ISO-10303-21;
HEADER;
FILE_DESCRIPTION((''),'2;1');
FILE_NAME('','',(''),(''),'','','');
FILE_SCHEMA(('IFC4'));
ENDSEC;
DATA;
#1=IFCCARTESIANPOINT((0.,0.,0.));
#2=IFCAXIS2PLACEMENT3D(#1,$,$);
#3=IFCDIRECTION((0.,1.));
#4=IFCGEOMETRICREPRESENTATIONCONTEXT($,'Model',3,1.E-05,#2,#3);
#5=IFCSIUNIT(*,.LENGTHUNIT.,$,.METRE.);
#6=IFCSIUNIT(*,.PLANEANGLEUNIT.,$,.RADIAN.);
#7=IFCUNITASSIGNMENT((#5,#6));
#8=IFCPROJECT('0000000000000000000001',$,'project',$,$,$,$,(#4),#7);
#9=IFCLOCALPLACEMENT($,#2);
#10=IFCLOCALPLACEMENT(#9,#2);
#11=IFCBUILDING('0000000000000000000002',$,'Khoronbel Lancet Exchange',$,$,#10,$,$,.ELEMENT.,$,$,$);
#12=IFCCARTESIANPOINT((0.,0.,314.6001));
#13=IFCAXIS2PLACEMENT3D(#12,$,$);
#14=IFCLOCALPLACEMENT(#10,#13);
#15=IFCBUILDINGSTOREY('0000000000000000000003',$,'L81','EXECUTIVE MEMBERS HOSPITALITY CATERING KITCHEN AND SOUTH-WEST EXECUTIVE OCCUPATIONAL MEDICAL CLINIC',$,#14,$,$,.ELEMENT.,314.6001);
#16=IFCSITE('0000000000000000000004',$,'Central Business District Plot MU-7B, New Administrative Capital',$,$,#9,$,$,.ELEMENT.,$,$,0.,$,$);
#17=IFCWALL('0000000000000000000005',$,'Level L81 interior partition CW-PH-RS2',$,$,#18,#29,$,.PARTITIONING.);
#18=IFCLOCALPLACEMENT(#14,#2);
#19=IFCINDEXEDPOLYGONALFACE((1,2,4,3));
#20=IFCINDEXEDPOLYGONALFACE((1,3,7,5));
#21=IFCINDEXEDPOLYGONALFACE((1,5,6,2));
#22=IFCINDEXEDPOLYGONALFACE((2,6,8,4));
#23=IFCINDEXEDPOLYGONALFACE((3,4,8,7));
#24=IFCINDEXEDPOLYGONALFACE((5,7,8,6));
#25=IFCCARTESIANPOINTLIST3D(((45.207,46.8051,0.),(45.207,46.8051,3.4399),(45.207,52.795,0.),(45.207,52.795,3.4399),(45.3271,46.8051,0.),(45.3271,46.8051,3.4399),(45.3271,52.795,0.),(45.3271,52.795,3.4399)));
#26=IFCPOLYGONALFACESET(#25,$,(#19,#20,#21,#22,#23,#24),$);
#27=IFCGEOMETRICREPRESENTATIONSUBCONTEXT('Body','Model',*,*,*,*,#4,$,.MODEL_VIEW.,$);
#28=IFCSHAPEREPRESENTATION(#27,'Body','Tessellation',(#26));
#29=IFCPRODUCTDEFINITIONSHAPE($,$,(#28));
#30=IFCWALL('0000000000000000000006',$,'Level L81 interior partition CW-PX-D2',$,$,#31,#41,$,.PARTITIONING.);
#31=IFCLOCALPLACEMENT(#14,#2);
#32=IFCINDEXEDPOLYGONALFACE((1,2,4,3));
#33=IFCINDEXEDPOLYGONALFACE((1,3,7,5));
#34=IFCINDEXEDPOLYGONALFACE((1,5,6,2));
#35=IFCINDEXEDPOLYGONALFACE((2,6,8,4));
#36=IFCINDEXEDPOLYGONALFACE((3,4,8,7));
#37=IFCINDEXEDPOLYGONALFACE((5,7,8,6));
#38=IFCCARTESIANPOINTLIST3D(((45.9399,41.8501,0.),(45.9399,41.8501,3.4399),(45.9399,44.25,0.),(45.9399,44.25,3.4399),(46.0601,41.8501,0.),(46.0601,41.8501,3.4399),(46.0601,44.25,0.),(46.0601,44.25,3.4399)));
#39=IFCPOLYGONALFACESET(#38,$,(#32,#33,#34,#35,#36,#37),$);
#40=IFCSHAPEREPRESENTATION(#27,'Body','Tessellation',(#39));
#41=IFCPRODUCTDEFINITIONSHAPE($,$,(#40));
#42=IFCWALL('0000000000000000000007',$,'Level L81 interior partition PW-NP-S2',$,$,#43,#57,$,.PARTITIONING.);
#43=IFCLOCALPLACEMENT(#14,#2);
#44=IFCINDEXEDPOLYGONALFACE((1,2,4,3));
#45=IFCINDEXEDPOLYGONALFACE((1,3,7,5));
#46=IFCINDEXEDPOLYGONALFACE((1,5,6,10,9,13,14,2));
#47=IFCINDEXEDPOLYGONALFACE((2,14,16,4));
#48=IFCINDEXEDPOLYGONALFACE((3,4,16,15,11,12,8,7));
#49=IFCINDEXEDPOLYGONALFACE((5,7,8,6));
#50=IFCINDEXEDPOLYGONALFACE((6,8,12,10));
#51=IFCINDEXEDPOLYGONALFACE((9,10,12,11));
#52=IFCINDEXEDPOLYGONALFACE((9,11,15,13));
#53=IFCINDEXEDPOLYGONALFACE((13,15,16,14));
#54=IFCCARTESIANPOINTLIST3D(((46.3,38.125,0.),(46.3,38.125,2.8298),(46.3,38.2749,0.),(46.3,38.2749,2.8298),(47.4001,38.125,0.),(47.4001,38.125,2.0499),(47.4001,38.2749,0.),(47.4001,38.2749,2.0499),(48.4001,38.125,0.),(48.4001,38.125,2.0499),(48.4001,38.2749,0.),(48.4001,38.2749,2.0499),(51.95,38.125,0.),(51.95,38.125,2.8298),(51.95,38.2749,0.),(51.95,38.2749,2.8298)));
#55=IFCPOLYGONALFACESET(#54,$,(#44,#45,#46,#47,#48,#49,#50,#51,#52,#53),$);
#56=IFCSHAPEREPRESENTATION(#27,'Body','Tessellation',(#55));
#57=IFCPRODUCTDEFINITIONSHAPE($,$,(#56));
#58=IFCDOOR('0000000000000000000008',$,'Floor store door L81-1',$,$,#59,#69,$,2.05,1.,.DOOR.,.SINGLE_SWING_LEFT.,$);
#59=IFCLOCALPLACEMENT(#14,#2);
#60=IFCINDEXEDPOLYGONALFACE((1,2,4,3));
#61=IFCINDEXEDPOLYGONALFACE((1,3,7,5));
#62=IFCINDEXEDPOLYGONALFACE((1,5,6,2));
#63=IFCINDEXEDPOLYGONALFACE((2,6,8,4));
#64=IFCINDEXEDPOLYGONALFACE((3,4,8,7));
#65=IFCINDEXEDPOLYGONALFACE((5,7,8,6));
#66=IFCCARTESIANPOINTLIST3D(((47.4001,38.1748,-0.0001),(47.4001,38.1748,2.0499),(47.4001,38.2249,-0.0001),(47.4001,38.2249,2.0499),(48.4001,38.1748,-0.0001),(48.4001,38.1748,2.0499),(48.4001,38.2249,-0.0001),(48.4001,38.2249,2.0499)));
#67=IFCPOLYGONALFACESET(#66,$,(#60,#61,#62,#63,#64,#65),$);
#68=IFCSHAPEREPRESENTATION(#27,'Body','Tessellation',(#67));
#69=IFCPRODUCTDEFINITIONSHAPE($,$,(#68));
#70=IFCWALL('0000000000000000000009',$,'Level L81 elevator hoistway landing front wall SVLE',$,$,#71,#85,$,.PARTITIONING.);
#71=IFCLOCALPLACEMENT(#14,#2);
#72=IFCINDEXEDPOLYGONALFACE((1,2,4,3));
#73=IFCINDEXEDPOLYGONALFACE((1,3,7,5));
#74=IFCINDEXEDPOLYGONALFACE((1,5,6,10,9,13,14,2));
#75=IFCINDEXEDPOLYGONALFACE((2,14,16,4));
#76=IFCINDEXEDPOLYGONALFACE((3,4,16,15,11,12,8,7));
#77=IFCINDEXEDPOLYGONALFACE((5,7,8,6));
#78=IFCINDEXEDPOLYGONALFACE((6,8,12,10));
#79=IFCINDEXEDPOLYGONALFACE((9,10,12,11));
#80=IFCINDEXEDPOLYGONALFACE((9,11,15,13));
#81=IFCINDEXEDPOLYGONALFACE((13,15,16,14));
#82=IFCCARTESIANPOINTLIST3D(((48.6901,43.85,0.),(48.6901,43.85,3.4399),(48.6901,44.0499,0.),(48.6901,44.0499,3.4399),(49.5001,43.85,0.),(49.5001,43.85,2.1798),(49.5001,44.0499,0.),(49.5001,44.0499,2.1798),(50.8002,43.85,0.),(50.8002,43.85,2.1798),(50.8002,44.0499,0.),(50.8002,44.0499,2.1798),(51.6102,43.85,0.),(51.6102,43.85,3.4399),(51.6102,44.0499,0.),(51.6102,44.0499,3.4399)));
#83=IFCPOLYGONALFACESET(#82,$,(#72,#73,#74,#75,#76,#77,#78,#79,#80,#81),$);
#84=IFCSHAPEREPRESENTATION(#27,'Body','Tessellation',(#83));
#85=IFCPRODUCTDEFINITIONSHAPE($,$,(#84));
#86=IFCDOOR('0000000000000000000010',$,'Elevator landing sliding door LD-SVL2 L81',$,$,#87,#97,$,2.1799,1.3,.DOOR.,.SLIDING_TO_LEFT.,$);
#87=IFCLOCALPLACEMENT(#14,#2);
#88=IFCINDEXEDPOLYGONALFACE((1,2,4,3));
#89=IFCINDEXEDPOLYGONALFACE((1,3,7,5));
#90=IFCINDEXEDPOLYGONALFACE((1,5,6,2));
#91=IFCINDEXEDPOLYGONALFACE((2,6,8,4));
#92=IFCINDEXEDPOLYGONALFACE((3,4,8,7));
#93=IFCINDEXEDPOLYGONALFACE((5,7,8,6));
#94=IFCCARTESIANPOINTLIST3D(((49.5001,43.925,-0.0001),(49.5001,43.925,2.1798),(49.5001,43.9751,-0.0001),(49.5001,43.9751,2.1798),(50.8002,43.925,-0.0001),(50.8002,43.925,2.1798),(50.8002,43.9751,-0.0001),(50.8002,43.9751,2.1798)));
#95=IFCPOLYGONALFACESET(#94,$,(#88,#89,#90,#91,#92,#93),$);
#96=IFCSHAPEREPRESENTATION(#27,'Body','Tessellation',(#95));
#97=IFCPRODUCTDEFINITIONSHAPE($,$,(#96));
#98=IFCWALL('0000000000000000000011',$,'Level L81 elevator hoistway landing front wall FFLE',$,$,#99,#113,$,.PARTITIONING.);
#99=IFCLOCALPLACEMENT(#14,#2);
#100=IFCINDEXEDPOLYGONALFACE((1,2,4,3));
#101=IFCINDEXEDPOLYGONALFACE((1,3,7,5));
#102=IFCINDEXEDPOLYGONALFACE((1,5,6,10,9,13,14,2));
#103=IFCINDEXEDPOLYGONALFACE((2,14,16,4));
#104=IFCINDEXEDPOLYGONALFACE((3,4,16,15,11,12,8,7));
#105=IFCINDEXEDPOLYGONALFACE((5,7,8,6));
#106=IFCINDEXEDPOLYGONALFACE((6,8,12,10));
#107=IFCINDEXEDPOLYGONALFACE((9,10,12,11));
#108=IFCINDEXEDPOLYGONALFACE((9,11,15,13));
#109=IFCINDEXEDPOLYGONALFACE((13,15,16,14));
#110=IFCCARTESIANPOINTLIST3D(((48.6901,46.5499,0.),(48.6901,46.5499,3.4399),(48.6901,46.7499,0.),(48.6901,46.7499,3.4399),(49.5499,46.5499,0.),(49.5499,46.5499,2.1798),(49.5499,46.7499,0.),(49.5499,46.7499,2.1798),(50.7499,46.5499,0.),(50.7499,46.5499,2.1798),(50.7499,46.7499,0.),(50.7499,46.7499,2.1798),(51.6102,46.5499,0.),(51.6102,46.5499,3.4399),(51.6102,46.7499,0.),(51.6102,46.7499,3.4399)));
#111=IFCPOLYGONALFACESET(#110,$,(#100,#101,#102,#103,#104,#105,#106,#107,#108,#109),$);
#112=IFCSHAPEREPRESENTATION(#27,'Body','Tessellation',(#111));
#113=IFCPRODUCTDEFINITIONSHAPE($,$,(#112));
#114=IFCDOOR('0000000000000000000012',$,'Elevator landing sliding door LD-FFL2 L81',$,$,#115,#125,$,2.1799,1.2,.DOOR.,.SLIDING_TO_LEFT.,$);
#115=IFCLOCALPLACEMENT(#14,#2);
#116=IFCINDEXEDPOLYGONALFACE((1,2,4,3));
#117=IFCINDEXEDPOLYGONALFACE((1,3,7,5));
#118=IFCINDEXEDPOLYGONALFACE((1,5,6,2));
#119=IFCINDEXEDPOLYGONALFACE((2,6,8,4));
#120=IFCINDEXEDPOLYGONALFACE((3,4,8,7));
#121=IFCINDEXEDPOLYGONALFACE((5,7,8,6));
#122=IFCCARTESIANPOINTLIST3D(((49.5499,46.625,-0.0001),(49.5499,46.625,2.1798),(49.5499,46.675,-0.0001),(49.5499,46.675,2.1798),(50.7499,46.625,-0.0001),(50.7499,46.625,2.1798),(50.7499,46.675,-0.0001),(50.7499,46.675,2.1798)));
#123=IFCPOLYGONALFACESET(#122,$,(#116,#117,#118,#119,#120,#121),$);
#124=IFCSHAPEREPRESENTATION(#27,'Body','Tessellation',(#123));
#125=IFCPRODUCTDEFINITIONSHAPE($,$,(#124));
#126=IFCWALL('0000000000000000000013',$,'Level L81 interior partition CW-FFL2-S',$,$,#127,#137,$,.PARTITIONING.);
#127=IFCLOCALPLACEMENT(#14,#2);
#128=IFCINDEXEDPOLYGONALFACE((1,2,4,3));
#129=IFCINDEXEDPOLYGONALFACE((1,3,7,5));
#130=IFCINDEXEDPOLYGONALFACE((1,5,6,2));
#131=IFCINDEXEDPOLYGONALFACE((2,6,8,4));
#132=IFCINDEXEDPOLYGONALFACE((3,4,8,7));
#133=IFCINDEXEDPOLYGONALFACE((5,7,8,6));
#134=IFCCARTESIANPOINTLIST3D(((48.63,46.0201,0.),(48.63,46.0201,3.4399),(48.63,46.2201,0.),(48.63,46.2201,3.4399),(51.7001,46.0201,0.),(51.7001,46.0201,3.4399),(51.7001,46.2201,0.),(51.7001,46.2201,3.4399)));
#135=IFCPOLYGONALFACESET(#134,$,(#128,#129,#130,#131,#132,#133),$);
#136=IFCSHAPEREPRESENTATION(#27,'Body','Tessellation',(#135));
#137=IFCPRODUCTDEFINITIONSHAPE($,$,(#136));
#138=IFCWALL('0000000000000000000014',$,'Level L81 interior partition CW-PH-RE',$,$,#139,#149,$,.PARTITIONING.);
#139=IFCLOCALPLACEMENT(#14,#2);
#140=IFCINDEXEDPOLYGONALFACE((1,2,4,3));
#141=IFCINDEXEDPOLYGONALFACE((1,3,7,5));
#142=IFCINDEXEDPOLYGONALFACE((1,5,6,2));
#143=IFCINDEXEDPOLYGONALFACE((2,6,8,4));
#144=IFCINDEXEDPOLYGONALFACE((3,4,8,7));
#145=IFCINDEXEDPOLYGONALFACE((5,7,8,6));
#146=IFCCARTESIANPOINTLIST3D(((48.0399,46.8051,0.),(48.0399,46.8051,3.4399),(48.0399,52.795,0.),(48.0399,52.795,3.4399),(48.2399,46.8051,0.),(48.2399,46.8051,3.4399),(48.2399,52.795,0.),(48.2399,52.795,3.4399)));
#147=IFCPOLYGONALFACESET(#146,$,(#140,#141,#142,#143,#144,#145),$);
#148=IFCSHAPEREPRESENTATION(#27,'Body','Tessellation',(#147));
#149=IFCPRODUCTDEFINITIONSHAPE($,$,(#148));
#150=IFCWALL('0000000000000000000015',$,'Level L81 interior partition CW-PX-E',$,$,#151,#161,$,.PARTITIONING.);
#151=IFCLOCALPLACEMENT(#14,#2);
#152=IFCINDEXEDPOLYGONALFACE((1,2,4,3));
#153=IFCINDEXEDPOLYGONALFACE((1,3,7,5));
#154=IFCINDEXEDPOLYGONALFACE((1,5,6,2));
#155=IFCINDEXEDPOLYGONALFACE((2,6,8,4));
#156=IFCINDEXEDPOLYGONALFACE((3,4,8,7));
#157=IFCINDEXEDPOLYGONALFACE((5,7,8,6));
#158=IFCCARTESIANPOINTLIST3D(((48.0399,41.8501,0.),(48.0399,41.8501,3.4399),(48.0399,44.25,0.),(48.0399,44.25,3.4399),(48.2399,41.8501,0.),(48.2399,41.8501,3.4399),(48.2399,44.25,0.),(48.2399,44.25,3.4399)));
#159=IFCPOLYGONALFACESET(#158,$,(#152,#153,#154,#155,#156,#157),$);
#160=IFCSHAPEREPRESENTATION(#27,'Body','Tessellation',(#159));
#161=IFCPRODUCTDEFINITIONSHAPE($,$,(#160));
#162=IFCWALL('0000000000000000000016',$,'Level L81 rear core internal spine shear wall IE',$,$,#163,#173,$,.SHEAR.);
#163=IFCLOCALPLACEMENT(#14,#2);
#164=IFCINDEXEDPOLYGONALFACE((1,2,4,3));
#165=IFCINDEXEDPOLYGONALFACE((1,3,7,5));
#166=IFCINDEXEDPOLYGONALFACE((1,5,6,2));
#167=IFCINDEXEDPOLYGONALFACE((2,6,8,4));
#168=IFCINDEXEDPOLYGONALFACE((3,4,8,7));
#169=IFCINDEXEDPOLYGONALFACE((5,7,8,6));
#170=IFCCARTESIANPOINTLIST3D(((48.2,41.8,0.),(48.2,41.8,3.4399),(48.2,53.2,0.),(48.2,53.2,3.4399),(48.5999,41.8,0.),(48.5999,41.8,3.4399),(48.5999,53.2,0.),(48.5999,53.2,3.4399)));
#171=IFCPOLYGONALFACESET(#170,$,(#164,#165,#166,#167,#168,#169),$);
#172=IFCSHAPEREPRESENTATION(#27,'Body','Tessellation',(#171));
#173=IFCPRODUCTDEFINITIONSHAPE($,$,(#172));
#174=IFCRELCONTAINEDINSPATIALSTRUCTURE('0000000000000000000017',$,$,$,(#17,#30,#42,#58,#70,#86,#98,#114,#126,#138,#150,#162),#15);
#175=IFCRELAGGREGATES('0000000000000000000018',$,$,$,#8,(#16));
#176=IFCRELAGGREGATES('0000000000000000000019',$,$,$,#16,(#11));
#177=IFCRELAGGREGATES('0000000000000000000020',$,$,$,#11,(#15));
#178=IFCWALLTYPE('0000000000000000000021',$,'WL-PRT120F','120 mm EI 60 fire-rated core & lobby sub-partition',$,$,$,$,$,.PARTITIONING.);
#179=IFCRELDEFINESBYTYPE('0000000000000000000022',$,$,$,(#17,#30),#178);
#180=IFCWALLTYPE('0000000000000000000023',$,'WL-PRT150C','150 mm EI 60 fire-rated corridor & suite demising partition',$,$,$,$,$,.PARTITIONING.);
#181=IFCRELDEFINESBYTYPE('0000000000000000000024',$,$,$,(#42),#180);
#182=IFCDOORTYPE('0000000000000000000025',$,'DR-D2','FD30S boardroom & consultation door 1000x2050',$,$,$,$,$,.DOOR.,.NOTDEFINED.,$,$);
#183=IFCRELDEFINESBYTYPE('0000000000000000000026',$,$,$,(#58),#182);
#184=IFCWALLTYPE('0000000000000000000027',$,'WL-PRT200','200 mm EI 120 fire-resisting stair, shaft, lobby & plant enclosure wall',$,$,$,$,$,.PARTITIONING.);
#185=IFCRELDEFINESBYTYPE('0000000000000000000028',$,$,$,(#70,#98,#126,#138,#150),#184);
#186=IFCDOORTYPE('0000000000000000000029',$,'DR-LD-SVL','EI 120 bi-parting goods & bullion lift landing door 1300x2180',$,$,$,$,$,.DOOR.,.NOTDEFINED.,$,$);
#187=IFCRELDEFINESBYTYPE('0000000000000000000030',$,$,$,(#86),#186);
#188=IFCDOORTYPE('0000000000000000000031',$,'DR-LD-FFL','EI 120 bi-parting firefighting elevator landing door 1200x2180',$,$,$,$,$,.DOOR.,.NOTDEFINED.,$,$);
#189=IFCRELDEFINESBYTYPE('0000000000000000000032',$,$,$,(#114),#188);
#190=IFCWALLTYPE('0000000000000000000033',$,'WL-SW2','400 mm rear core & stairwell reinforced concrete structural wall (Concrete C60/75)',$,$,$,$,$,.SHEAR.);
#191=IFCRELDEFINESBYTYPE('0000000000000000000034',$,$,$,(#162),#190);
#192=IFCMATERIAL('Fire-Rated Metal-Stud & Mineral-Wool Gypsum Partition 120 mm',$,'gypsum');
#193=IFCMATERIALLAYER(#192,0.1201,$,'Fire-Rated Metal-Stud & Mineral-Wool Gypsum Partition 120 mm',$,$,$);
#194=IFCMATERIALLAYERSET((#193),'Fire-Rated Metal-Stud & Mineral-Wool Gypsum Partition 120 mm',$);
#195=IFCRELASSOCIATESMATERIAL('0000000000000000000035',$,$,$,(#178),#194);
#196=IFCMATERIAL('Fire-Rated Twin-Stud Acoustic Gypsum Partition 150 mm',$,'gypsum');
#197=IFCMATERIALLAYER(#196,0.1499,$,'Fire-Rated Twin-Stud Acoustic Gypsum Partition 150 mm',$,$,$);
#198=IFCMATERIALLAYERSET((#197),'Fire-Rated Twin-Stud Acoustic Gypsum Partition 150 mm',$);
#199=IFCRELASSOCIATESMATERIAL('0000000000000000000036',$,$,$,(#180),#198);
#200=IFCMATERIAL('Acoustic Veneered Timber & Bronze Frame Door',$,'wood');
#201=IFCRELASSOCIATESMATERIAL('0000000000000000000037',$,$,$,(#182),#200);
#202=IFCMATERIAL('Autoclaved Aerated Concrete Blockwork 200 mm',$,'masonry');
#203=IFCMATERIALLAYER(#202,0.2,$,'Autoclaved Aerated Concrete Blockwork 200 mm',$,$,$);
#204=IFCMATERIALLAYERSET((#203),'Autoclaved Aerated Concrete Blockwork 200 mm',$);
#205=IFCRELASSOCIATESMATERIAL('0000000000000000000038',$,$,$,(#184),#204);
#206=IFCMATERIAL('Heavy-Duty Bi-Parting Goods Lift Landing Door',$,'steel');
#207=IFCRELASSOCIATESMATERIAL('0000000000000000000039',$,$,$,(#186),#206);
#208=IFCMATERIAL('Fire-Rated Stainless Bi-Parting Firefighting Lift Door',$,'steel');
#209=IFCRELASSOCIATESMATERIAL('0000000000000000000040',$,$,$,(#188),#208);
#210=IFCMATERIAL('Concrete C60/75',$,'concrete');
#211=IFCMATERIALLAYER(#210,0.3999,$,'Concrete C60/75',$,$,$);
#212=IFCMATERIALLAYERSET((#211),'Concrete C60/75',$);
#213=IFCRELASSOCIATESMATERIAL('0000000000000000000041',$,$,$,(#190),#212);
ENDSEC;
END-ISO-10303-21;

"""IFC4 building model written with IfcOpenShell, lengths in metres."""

from ifc_helpers import new_model, si_unit, direction, frame, frame_2d, origin, place, context, subcontext, project, spatial, rectangle, extrude, material, layer, layer_set, type_object, element, fill, save


model = new_model("IFC4")

# Units and contexts
model_context = context("Model", 3, precision=1e-05, world=origin(), true_north=direction((0.0, 1.0)))
body_context = subcontext(model_context, "Body", "Model", "MODEL_VIEW")
ifc_project = project(units=[si_unit("LENGTHUNIT", "METRE"), si_unit("PLANEANGLEUNIT", "RADIAN")], contexts=[model_context])

# Site, building, storey
site_placement = place(None, origin())
site = spatial("IfcSite", under=ifc_project, at=site_placement, Name="Central Business District Plot MU-7B, New Administrative Capital", CompositionType="ELEMENT", RefElevation=0.0)
building_placement = place(site_placement, origin())
building = spatial("IfcBuilding", under=site, at=building_placement, Name="Khoronbel Lancet Exchange", CompositionType="ELEMENT")
storey_placement = place(building_placement, frame((0.0, 0.0, 314.6001)))
storey = spatial("IfcBuildingStorey", under=building, at=storey_placement, Name="L81", Description="EXECUTIVE MEMBERS HOSPITALITY CATERING KITCHEN AND SOUTH-WEST EXECUTIVE OCCUPATIONAL MEDICAL CLINIC", CompositionType="ELEMENT", Elevation=314.6001)

# Walls
ifc_material_1 = material(Name="Fire-Rated Metal-Stud & Mineral-Wool Gypsum Partition 120 mm", Category="gypsum")
ifc_layer_1 = layer(ifc_material_1, 0.1201, Name="Fire-Rated Metal-Stud & Mineral-Wool Gypsum Partition 120 mm")
ifc_layer_set_1 = layer_set([ifc_layer_1], Name="Fire-Rated Metal-Stud & Mineral-Wool Gypsum Partition 120 mm")
wall_type_1 = type_object("IfcWallType", Name="WL-PRT120F", Description="120 mm EI 60 fire-rated core & lobby sub-partition", PredefinedType="PARTITIONING", material=ifc_layer_set_1)
wall_1_placement = place(storey_placement, frame((45.2671, 46.8049, 0.0), z_axis=(0.0, 0.0, 1.0), x_axis=(0.0, 1.0, 0.0)))
element("IfcWall", 1, at=wall_1_placement, inside=storey, type_object=wall_type_1, Name="Level L81 interior partition CW-PH-RS2", PredefinedType="PARTITIONING", context=body_context, shape_type="SweptSolid", body=[
    extrude(rectangle(XDim=5.99, YDim=0.1201, at=frame_2d((2.9951, 0.0))), origin(), (0.0, 0.0, 1.0), 3.4399),
])
wall_2_placement = place(storey_placement, frame((46.0, 41.8501, 0.0), z_axis=(0.0, 0.0, 1.0), x_axis=(0.0, 1.0, 0.0)))
element("IfcWall", 2, at=wall_2_placement, inside=storey, type_object=wall_type_1, Name="Level L81 interior partition CW-PX-D2", PredefinedType="PARTITIONING", context=body_context, shape_type="SweptSolid", body=[
    extrude(rectangle(XDim=2.3999, YDim=0.1201, at=frame_2d((1.2, 0.0))), origin(), (0.0, 0.0, 1.0), 3.4399),
])

# Walls, openings, doors
ifc_material_2 = material(Name="Fire-Rated Twin-Stud Acoustic Gypsum Partition 150 mm", Category="gypsum")
ifc_layer_2 = layer(ifc_material_2, 0.1499, Name="Fire-Rated Twin-Stud Acoustic Gypsum Partition 150 mm")
ifc_layer_set_2 = layer_set([ifc_layer_2], Name="Fire-Rated Twin-Stud Acoustic Gypsum Partition 150 mm")
wall_type_2 = type_object("IfcWallType", Name="WL-PRT150C", Description="150 mm EI 60 fire-rated corridor & suite demising partition", PredefinedType="PARTITIONING", material=ifc_layer_set_2)
wall_3_placement = place(storey_placement, frame((46.3, 38.2, 0.0), z_axis=(0.0, 0.0, 1.0), x_axis=(1.0, 0.0, 0.0)))
wall_3 = element("IfcWall", 3, at=wall_3_placement, inside=storey, type_object=wall_type_2, Name="Level L81 interior partition PW-NP-S2", PredefinedType="PARTITIONING", context=body_context, shape_type="SweptSolid", body=[
    extrude(rectangle(XDim=5.6499, YDim=0.1499, at=frame_2d((2.825, 0.0))), origin(), (0.0, 0.0, 1.0), 2.8298),
])
opening_1_placement = place(wall_3_placement, frame((1.1001, 0.0, 0.0)))
opening_1 = element("IfcOpeningElement", 4, at=opening_1_placement, cuts=wall_3, PredefinedType="OPENING", context=body_context, shape_type="SweptSolid", body=[
    extrude(rectangle(XDim=1.0, YDim=2.05, at=frame_2d((0.5, 1.0249))), frame((0.0, 0.085, 0.0), z_axis=(0.0, -1.0, 0.0), x_axis=(1.0, 0.0, 0.0)), (0.0, 0.0, 1.0), 0.1699),
])
ifc_material_3 = material(Name="Acoustic Veneered Timber & Bronze Frame Door", Category="wood")
door_type_1 = type_object("IfcDoorType", Name="DR-D2", Description="FD30S boardroom & consultation door 1000x2050", OperationType="NOTDEFINED", PredefinedType="DOOR", material=ifc_material_3)
door_1_placement = place(opening_1_placement, origin())
door_1 = element("IfcDoor", 5, at=door_1_placement, inside=storey, type_object=door_type_1, Name="Floor store door L81-1", OperationType="SINGLE_SWING_LEFT", OverallHeight=2.05, OverallWidth=1.0, PredefinedType="DOOR", context=body_context, shape_type="SweptSolid", body=[
    extrude(rectangle(XDim=1.0, YDim=2.05, at=frame_2d((0.5, 1.0249))), frame((0.0, 0.0249, 0.0), z_axis=(0.0, -1.0, 0.0), x_axis=(1.0, 0.0, 0.0)), (0.0, 0.0, 1.0), 0.05),
])
fill(opening_1, door_1)
ifc_material_4 = material(Name="Autoclaved Aerated Concrete Blockwork 200 mm", Category="masonry")
ifc_layer_3 = layer(ifc_material_4, 0.2, Name="Autoclaved Aerated Concrete Blockwork 200 mm")
ifc_layer_set_3 = layer_set([ifc_layer_3], Name="Autoclaved Aerated Concrete Blockwork 200 mm")
wall_type_3 = type_object("IfcWallType", Name="WL-PRT200", Description="200 mm EI 120 fire-resisting stair, shaft, lobby & plant enclosure wall", PredefinedType="PARTITIONING", material=ifc_layer_set_3)
wall_4_placement = place(storey_placement, frame((51.6101, 43.95, 0.0), z_axis=(0.0, 0.0, 1.0), x_axis=(-1.0, 0.0, 0.0)))
wall_4 = element("IfcWall", 6, at=wall_4_placement, inside=storey, type_object=wall_type_3, Name="Level L81 elevator hoistway landing front wall SVLE", PredefinedType="PARTITIONING", context=body_context, shape_type="SweptSolid", body=[
    extrude(rectangle(XDim=2.9202, YDim=0.2, at=frame_2d((1.46, 0.0))), origin(), (0.0, 0.0, 1.0), 3.4399),
])
opening_2_placement = place(wall_4_placement, frame((0.8101, 0.0, 0.0)))
opening_2 = element("IfcOpeningElement", 7, at=opening_2_placement, cuts=wall_4, PredefinedType="OPENING", context=body_context, shape_type="SweptSolid", body=[
    extrude(rectangle(XDim=1.3, YDim=2.1799, at=frame_2d((0.6499, 1.0898))), frame((0.0, 0.1099, 0.0), z_axis=(0.0, -1.0, 0.0), x_axis=(1.0, 0.0, 0.0)), (0.0, 0.0, 1.0), 0.22),
])
ifc_material_5 = material(Name="Heavy-Duty Bi-Parting Goods Lift Landing Door", Category="steel")
door_type_2 = type_object("IfcDoorType", Name="DR-LD-SVL", Description="EI 120 bi-parting goods & bullion lift landing door 1300x2180", OperationType="NOTDEFINED", PredefinedType="DOOR", material=ifc_material_5)
door_2_placement = place(opening_2_placement, origin())
door_2 = element("IfcDoor", 8, at=door_2_placement, inside=storey, type_object=door_type_2, Name="Elevator landing sliding door LD-SVL2 L81", OperationType="SLIDING_TO_LEFT", OverallHeight=2.1799, OverallWidth=1.3, PredefinedType="DOOR", context=body_context, shape_type="SweptSolid", body=[
    extrude(rectangle(XDim=1.3, YDim=2.1799, at=frame_2d((0.6499, 1.0898))), frame((0.0, 0.0249, 0.0), z_axis=(0.0, -1.0, 0.0), x_axis=(1.0, 0.0, 0.0)), (0.0, 0.0, 1.0), 0.05),
])
fill(opening_2, door_2)
wall_5_placement = place(storey_placement, frame((51.6101, 46.6499, 0.0), z_axis=(0.0, 0.0, 1.0), x_axis=(-1.0, 0.0, 0.0)))
wall_5 = element("IfcWall", 9, at=wall_5_placement, inside=storey, type_object=wall_type_3, Name="Level L81 elevator hoistway landing front wall FFLE", PredefinedType="PARTITIONING", context=body_context, shape_type="SweptSolid", body=[
    extrude(rectangle(XDim=2.9202, YDim=0.2, at=frame_2d((1.46, 0.0))), origin(), (0.0, 0.0, 1.0), 3.4399),
])
opening_3_placement = place(wall_5_placement, frame((0.8601, 0.0, 0.0)))
opening_3 = element("IfcOpeningElement", 10, at=opening_3_placement, cuts=wall_5, PredefinedType="OPENING", context=body_context, shape_type="SweptSolid", body=[
    extrude(rectangle(XDim=1.2, YDim=2.1799, at=frame_2d((0.6001, 1.0898))), frame((0.0, 0.1099, 0.0), z_axis=(0.0, -1.0, 0.0), x_axis=(1.0, 0.0, 0.0)), (0.0, 0.0, 1.0), 0.22),
])
ifc_material_6 = material(Name="Fire-Rated Stainless Bi-Parting Firefighting Lift Door", Category="steel")
door_type_3 = type_object("IfcDoorType", Name="DR-LD-FFL", Description="EI 120 bi-parting firefighting elevator landing door 1200x2180", OperationType="NOTDEFINED", PredefinedType="DOOR", material=ifc_material_6)
door_3_placement = place(opening_3_placement, origin())
door_3 = element("IfcDoor", 11, at=door_3_placement, inside=storey, type_object=door_type_3, Name="Elevator landing sliding door LD-FFL2 L81", OperationType="SLIDING_TO_LEFT", OverallHeight=2.1799, OverallWidth=1.2, PredefinedType="DOOR", context=body_context, shape_type="SweptSolid", body=[
    extrude(rectangle(XDim=1.2, YDim=2.1799, at=frame_2d((0.6001, 1.0898))), frame((0.0, 0.0249, 0.0), z_axis=(0.0, -1.0, 0.0), x_axis=(1.0, 0.0, 0.0)), (0.0, 0.0, 1.0), 0.05),
])
fill(opening_3, door_3)

# Walls
wall_6_placement = place(storey_placement, frame((48.6299, 46.1201, 0.0), z_axis=(0.0, 0.0, 1.0), x_axis=(1.0, 0.0, 0.0)))
element("IfcWall", 12, at=wall_6_placement, inside=storey, type_object=wall_type_3, Name="Level L81 interior partition CW-FFL2-S", PredefinedType="PARTITIONING", context=body_context, shape_type="SweptSolid", body=[
    extrude(rectangle(XDim=3.0701, YDim=0.2, at=frame_2d((1.5352, 0.0))), origin(), (0.0, 0.0, 1.0), 3.4399),
])
wall_7_placement = place(storey_placement, frame((48.1399, 46.8049, 0.0), z_axis=(0.0, 0.0, 1.0), x_axis=(0.0, 1.0, 0.0)))
element("IfcWall", 13, at=wall_7_placement, inside=storey, type_object=wall_type_3, Name="Level L81 interior partition CW-PH-RE", PredefinedType="PARTITIONING", context=body_context, shape_type="SweptSolid", body=[
    extrude(rectangle(XDim=5.99, YDim=0.2, at=frame_2d((2.9951, 0.0))), origin(), (0.0, 0.0, 1.0), 3.4399),
])
wall_8_placement = place(storey_placement, frame((48.1399, 41.8501, 0.0), z_axis=(0.0, 0.0, 1.0), x_axis=(0.0, 1.0, 0.0)))
element("IfcWall", 14, at=wall_8_placement, inside=storey, type_object=wall_type_3, Name="Level L81 interior partition CW-PX-E", PredefinedType="PARTITIONING", context=body_context, shape_type="SweptSolid", body=[
    extrude(rectangle(XDim=2.3999, YDim=0.2, at=frame_2d((1.2, 0.0))), origin(), (0.0, 0.0, 1.0), 3.4399),
])
ifc_material_7 = material(Name="Concrete C60/75", Category="concrete")
ifc_layer_4 = layer(ifc_material_7, 0.3999, Name="Concrete C60/75")
ifc_layer_set_4 = layer_set([ifc_layer_4], Name="Concrete C60/75")
wall_type_4 = type_object("IfcWallType", Name="WL-SW2", Description="400 mm rear core & stairwell reinforced concrete structural wall (Concrete C60/75)", PredefinedType="SHEAR", material=ifc_layer_set_4)
wall_9_placement = place(storey_placement, frame((48.3999, 41.8, 0.0), z_axis=(0.0, 0.0, 1.0), x_axis=(0.0, 1.0, 0.0)))
element("IfcWall", 15, at=wall_9_placement, inside=storey, type_object=wall_type_4, Name="Level L81 rear core internal spine shear wall IE", PredefinedType="SHEAR", context=body_context, shape_type="SweptSolid", body=[
    extrude(rectangle(XDim=11.3999, YDim=0.3999, at=frame_2d((5.7, 0.0))), origin(), (0.0, 0.0, 1.0), 3.4399),
])

save(model, "model.ifc")
